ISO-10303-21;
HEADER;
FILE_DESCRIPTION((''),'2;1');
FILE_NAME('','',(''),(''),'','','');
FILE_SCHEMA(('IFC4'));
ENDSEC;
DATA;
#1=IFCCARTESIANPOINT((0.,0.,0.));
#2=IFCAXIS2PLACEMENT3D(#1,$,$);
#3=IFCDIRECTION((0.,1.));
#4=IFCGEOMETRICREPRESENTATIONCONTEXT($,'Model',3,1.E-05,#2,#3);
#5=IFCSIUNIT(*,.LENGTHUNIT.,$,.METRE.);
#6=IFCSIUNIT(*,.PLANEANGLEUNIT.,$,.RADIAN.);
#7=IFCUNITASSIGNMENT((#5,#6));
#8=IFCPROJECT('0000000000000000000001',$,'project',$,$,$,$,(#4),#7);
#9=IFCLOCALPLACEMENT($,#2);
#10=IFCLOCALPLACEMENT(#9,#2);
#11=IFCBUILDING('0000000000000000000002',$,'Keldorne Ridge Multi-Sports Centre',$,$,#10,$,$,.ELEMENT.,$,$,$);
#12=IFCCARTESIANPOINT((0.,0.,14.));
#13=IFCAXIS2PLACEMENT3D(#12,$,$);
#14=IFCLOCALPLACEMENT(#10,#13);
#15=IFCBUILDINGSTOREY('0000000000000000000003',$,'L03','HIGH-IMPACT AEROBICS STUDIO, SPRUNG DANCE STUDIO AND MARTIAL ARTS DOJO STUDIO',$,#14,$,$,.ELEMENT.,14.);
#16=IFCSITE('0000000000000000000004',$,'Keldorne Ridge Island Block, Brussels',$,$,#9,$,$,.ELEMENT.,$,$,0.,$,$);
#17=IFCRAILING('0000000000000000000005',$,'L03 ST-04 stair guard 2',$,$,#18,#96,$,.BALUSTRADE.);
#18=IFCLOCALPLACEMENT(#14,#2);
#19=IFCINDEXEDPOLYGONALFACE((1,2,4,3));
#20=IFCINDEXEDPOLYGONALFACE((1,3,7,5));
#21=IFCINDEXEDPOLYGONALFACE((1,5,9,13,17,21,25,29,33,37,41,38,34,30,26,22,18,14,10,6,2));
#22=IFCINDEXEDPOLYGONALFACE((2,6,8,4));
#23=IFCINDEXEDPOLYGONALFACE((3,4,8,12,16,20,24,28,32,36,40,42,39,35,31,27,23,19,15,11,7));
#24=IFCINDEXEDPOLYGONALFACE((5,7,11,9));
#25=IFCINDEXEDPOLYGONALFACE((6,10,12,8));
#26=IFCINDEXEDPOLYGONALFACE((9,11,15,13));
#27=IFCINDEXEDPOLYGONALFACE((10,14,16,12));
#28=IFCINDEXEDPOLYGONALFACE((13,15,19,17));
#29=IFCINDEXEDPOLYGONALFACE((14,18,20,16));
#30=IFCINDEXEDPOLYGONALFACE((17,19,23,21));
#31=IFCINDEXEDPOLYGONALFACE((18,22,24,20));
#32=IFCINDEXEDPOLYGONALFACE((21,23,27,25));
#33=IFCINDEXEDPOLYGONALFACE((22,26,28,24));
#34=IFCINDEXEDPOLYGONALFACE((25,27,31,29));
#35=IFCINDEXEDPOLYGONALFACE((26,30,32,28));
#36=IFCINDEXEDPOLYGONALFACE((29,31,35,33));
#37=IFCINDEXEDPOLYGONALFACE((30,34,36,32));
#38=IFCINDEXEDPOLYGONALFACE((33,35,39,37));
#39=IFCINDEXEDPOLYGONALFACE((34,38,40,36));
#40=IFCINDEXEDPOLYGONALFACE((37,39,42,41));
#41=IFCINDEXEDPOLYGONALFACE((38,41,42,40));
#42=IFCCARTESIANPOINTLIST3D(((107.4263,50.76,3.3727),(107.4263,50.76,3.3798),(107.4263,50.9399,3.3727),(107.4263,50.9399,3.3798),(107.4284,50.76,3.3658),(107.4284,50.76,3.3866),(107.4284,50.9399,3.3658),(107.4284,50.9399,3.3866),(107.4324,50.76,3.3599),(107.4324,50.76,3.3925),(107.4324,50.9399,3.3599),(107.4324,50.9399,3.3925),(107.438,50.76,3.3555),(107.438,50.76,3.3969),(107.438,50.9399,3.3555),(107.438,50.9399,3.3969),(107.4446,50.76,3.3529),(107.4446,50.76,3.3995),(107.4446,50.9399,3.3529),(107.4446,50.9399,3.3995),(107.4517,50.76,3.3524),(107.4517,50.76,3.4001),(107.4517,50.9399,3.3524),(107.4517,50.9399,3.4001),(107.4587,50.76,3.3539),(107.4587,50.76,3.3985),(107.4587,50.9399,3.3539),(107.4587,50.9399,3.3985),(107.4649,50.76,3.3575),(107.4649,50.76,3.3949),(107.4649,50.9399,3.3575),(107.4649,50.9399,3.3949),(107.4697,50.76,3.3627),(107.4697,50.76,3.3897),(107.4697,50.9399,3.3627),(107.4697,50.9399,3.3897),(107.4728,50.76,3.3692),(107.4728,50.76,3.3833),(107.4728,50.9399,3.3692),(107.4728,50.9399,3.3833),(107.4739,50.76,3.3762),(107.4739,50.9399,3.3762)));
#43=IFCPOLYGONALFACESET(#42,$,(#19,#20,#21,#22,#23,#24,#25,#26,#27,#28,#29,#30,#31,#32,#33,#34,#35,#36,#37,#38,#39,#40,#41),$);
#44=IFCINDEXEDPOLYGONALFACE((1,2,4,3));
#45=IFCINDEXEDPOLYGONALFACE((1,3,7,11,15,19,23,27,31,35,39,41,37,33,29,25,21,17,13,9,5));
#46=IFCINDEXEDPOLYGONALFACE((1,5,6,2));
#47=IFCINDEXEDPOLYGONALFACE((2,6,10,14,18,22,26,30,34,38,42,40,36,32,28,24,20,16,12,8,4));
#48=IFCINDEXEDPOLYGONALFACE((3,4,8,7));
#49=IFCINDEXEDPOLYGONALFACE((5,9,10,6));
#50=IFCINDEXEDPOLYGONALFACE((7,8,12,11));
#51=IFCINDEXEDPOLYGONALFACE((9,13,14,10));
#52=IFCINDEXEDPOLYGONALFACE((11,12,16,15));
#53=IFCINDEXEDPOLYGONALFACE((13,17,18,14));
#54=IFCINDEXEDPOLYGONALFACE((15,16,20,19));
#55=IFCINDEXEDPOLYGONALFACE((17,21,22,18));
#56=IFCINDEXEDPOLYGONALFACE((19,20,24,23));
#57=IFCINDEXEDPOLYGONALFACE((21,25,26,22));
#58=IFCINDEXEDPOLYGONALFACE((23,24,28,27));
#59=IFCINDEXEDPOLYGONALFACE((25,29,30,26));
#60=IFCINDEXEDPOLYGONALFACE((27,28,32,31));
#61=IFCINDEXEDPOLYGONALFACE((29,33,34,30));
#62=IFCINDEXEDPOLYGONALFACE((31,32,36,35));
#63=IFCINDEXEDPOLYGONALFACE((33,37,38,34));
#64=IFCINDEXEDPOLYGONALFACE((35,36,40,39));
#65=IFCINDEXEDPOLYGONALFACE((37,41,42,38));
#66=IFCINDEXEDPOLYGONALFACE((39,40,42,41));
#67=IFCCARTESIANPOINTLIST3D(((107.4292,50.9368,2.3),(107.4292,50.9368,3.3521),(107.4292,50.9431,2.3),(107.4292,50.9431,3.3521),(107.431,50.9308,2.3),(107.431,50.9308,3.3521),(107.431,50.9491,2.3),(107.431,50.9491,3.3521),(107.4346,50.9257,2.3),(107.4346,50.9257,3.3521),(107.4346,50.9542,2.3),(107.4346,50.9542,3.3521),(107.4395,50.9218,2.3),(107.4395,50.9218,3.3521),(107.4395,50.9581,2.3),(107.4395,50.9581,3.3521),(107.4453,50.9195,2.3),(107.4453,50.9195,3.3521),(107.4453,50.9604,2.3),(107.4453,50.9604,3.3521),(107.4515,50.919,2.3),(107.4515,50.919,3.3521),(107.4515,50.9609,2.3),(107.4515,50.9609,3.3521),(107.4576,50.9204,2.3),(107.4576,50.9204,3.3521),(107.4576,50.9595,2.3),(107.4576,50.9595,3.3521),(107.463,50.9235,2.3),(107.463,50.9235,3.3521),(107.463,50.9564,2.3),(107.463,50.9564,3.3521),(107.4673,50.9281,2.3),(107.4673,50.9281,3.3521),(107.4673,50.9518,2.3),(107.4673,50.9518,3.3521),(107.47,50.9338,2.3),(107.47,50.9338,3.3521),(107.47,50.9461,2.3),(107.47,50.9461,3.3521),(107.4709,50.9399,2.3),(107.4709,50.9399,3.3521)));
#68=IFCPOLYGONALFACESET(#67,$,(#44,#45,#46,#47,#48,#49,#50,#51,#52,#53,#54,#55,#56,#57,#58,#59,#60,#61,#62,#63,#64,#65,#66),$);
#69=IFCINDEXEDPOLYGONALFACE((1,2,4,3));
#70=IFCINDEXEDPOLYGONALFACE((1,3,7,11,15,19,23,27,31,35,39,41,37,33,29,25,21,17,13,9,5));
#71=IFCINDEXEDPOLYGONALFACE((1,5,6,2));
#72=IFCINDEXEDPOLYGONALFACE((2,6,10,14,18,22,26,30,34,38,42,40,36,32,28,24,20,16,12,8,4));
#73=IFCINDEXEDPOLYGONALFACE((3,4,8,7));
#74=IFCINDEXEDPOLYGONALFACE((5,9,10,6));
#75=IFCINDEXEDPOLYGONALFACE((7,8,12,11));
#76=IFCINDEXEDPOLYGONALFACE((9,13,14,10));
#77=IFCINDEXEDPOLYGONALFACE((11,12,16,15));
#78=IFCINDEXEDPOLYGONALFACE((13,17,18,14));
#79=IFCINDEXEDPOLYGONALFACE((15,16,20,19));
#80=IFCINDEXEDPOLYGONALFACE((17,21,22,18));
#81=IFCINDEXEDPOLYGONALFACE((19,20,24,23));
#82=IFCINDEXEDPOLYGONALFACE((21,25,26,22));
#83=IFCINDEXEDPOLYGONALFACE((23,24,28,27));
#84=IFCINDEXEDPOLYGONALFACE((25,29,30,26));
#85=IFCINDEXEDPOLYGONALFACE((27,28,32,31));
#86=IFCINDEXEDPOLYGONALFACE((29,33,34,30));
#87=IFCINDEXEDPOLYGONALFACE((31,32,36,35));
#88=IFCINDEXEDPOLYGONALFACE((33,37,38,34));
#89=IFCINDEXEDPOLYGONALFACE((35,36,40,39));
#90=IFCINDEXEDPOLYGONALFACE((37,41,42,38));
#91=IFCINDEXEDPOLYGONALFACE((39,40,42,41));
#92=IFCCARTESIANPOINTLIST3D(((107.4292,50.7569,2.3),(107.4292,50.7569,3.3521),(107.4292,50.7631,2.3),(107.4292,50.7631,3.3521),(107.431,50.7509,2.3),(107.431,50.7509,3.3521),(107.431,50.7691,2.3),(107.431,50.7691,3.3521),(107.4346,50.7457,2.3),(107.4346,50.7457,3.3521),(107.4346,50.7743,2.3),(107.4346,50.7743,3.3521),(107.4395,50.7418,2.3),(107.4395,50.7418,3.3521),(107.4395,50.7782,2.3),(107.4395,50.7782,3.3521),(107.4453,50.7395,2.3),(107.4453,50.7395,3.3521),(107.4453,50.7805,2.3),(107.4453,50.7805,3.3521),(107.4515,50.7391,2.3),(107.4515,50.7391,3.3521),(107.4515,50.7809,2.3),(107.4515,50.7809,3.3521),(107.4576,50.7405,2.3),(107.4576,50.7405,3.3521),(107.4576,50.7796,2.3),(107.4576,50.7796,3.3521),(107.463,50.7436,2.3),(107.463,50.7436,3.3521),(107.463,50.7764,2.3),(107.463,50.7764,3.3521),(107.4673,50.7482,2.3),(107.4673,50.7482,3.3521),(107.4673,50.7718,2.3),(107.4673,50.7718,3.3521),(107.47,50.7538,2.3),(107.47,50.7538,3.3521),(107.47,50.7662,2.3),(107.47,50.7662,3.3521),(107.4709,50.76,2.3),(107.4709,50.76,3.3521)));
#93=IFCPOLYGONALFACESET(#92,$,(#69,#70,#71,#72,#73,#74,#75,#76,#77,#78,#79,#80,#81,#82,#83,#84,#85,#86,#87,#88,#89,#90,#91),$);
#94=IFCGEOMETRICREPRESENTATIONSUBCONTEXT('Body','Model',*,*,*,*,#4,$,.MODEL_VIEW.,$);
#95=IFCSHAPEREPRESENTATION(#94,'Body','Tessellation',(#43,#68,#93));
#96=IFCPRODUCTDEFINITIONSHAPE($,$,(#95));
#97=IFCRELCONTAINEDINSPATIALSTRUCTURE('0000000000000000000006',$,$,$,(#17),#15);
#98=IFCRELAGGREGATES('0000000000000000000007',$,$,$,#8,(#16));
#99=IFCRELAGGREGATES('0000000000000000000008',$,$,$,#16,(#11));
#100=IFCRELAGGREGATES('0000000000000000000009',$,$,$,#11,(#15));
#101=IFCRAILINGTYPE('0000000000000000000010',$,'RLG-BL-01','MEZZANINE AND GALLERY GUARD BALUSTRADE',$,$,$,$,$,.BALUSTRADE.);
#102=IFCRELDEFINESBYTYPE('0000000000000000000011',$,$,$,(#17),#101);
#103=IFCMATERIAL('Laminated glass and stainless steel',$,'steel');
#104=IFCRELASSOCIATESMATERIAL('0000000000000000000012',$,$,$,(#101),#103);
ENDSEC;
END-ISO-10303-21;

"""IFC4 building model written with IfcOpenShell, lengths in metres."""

from ifc_helpers import new_model, si_unit, direction, frame, origin, origin_2d, place, context, subcontext, project, spatial, circle, extrude, material, type_object, element, save


model = new_model("IFC4")

# Units and contexts
model_context = context("Model", 3, precision=1e-05, world=origin(), true_north=direction((0.0, 1.0)))
body_context = subcontext(model_context, "Body", "Model", "MODEL_VIEW")
ifc_project = project(units=[si_unit("LENGTHUNIT", "METRE"), si_unit("PLANEANGLEUNIT", "RADIAN")], contexts=[model_context])

# Site, building, storey
site_placement = place(None, origin())
site = spatial("IfcSite", under=ifc_project, at=site_placement, Name="Keldorne Ridge Island Block, Brussels", CompositionType="ELEMENT", RefElevation=0.0)
building_placement = place(site_placement, origin())
building = spatial("IfcBuilding", under=site, at=building_placement, Name="Keldorne Ridge Multi-Sports Centre", CompositionType="ELEMENT")
storey_placement = place(building_placement, frame((0.0, 0.0, 14.0)))
storey = spatial("IfcBuildingStorey", under=building, at=storey_placement, Name="L03", Description="HIGH-IMPACT AEROBICS STUDIO, SPRUNG DANCE STUDIO AND MARTIAL ARTS DOJO STUDIO", CompositionType="ELEMENT", Elevation=14.0)

# Railing
ifc_material_1 = material(Name="Laminated glass and stainless steel", Category="steel")
railing_type = type_object("IfcRailingType", Name="RLG-BL-01", Description="MEZZANINE AND GALLERY GUARD BALUSTRADE", PredefinedType="BALUSTRADE", material=ifc_material_1)
railing_1_placement = place(storey_placement, frame((107.45, 50.9399, 2.3)))
element("IfcRailing", 1, at=railing_1_placement, inside=storey, type_object=railing_type, Name="L03 ST-04 stair guard 2", PredefinedType="BALUSTRADE", context=body_context, shape_type="SweptSolid", body=[
    extrude(circle(Radius=0.0239, at=origin_2d()), frame((0.0, 0.0, 1.0762), z_axis=(0.0, -1.0, 0.0), x_axis=(1.0, 0.0, 0.0)), (0.0, 0.0, 1.0), 0.1799),
    extrude(circle(Radius=0.021, at=origin_2d()), origin(), (0.0, 0.0, 1.0), 1.052),
    extrude(circle(Radius=0.021, at=origin_2d()), frame((0.0, -0.1799, 0.0)), (0.0, 0.0, 1.0), 1.052),
])

save(model, "model.ifc")
